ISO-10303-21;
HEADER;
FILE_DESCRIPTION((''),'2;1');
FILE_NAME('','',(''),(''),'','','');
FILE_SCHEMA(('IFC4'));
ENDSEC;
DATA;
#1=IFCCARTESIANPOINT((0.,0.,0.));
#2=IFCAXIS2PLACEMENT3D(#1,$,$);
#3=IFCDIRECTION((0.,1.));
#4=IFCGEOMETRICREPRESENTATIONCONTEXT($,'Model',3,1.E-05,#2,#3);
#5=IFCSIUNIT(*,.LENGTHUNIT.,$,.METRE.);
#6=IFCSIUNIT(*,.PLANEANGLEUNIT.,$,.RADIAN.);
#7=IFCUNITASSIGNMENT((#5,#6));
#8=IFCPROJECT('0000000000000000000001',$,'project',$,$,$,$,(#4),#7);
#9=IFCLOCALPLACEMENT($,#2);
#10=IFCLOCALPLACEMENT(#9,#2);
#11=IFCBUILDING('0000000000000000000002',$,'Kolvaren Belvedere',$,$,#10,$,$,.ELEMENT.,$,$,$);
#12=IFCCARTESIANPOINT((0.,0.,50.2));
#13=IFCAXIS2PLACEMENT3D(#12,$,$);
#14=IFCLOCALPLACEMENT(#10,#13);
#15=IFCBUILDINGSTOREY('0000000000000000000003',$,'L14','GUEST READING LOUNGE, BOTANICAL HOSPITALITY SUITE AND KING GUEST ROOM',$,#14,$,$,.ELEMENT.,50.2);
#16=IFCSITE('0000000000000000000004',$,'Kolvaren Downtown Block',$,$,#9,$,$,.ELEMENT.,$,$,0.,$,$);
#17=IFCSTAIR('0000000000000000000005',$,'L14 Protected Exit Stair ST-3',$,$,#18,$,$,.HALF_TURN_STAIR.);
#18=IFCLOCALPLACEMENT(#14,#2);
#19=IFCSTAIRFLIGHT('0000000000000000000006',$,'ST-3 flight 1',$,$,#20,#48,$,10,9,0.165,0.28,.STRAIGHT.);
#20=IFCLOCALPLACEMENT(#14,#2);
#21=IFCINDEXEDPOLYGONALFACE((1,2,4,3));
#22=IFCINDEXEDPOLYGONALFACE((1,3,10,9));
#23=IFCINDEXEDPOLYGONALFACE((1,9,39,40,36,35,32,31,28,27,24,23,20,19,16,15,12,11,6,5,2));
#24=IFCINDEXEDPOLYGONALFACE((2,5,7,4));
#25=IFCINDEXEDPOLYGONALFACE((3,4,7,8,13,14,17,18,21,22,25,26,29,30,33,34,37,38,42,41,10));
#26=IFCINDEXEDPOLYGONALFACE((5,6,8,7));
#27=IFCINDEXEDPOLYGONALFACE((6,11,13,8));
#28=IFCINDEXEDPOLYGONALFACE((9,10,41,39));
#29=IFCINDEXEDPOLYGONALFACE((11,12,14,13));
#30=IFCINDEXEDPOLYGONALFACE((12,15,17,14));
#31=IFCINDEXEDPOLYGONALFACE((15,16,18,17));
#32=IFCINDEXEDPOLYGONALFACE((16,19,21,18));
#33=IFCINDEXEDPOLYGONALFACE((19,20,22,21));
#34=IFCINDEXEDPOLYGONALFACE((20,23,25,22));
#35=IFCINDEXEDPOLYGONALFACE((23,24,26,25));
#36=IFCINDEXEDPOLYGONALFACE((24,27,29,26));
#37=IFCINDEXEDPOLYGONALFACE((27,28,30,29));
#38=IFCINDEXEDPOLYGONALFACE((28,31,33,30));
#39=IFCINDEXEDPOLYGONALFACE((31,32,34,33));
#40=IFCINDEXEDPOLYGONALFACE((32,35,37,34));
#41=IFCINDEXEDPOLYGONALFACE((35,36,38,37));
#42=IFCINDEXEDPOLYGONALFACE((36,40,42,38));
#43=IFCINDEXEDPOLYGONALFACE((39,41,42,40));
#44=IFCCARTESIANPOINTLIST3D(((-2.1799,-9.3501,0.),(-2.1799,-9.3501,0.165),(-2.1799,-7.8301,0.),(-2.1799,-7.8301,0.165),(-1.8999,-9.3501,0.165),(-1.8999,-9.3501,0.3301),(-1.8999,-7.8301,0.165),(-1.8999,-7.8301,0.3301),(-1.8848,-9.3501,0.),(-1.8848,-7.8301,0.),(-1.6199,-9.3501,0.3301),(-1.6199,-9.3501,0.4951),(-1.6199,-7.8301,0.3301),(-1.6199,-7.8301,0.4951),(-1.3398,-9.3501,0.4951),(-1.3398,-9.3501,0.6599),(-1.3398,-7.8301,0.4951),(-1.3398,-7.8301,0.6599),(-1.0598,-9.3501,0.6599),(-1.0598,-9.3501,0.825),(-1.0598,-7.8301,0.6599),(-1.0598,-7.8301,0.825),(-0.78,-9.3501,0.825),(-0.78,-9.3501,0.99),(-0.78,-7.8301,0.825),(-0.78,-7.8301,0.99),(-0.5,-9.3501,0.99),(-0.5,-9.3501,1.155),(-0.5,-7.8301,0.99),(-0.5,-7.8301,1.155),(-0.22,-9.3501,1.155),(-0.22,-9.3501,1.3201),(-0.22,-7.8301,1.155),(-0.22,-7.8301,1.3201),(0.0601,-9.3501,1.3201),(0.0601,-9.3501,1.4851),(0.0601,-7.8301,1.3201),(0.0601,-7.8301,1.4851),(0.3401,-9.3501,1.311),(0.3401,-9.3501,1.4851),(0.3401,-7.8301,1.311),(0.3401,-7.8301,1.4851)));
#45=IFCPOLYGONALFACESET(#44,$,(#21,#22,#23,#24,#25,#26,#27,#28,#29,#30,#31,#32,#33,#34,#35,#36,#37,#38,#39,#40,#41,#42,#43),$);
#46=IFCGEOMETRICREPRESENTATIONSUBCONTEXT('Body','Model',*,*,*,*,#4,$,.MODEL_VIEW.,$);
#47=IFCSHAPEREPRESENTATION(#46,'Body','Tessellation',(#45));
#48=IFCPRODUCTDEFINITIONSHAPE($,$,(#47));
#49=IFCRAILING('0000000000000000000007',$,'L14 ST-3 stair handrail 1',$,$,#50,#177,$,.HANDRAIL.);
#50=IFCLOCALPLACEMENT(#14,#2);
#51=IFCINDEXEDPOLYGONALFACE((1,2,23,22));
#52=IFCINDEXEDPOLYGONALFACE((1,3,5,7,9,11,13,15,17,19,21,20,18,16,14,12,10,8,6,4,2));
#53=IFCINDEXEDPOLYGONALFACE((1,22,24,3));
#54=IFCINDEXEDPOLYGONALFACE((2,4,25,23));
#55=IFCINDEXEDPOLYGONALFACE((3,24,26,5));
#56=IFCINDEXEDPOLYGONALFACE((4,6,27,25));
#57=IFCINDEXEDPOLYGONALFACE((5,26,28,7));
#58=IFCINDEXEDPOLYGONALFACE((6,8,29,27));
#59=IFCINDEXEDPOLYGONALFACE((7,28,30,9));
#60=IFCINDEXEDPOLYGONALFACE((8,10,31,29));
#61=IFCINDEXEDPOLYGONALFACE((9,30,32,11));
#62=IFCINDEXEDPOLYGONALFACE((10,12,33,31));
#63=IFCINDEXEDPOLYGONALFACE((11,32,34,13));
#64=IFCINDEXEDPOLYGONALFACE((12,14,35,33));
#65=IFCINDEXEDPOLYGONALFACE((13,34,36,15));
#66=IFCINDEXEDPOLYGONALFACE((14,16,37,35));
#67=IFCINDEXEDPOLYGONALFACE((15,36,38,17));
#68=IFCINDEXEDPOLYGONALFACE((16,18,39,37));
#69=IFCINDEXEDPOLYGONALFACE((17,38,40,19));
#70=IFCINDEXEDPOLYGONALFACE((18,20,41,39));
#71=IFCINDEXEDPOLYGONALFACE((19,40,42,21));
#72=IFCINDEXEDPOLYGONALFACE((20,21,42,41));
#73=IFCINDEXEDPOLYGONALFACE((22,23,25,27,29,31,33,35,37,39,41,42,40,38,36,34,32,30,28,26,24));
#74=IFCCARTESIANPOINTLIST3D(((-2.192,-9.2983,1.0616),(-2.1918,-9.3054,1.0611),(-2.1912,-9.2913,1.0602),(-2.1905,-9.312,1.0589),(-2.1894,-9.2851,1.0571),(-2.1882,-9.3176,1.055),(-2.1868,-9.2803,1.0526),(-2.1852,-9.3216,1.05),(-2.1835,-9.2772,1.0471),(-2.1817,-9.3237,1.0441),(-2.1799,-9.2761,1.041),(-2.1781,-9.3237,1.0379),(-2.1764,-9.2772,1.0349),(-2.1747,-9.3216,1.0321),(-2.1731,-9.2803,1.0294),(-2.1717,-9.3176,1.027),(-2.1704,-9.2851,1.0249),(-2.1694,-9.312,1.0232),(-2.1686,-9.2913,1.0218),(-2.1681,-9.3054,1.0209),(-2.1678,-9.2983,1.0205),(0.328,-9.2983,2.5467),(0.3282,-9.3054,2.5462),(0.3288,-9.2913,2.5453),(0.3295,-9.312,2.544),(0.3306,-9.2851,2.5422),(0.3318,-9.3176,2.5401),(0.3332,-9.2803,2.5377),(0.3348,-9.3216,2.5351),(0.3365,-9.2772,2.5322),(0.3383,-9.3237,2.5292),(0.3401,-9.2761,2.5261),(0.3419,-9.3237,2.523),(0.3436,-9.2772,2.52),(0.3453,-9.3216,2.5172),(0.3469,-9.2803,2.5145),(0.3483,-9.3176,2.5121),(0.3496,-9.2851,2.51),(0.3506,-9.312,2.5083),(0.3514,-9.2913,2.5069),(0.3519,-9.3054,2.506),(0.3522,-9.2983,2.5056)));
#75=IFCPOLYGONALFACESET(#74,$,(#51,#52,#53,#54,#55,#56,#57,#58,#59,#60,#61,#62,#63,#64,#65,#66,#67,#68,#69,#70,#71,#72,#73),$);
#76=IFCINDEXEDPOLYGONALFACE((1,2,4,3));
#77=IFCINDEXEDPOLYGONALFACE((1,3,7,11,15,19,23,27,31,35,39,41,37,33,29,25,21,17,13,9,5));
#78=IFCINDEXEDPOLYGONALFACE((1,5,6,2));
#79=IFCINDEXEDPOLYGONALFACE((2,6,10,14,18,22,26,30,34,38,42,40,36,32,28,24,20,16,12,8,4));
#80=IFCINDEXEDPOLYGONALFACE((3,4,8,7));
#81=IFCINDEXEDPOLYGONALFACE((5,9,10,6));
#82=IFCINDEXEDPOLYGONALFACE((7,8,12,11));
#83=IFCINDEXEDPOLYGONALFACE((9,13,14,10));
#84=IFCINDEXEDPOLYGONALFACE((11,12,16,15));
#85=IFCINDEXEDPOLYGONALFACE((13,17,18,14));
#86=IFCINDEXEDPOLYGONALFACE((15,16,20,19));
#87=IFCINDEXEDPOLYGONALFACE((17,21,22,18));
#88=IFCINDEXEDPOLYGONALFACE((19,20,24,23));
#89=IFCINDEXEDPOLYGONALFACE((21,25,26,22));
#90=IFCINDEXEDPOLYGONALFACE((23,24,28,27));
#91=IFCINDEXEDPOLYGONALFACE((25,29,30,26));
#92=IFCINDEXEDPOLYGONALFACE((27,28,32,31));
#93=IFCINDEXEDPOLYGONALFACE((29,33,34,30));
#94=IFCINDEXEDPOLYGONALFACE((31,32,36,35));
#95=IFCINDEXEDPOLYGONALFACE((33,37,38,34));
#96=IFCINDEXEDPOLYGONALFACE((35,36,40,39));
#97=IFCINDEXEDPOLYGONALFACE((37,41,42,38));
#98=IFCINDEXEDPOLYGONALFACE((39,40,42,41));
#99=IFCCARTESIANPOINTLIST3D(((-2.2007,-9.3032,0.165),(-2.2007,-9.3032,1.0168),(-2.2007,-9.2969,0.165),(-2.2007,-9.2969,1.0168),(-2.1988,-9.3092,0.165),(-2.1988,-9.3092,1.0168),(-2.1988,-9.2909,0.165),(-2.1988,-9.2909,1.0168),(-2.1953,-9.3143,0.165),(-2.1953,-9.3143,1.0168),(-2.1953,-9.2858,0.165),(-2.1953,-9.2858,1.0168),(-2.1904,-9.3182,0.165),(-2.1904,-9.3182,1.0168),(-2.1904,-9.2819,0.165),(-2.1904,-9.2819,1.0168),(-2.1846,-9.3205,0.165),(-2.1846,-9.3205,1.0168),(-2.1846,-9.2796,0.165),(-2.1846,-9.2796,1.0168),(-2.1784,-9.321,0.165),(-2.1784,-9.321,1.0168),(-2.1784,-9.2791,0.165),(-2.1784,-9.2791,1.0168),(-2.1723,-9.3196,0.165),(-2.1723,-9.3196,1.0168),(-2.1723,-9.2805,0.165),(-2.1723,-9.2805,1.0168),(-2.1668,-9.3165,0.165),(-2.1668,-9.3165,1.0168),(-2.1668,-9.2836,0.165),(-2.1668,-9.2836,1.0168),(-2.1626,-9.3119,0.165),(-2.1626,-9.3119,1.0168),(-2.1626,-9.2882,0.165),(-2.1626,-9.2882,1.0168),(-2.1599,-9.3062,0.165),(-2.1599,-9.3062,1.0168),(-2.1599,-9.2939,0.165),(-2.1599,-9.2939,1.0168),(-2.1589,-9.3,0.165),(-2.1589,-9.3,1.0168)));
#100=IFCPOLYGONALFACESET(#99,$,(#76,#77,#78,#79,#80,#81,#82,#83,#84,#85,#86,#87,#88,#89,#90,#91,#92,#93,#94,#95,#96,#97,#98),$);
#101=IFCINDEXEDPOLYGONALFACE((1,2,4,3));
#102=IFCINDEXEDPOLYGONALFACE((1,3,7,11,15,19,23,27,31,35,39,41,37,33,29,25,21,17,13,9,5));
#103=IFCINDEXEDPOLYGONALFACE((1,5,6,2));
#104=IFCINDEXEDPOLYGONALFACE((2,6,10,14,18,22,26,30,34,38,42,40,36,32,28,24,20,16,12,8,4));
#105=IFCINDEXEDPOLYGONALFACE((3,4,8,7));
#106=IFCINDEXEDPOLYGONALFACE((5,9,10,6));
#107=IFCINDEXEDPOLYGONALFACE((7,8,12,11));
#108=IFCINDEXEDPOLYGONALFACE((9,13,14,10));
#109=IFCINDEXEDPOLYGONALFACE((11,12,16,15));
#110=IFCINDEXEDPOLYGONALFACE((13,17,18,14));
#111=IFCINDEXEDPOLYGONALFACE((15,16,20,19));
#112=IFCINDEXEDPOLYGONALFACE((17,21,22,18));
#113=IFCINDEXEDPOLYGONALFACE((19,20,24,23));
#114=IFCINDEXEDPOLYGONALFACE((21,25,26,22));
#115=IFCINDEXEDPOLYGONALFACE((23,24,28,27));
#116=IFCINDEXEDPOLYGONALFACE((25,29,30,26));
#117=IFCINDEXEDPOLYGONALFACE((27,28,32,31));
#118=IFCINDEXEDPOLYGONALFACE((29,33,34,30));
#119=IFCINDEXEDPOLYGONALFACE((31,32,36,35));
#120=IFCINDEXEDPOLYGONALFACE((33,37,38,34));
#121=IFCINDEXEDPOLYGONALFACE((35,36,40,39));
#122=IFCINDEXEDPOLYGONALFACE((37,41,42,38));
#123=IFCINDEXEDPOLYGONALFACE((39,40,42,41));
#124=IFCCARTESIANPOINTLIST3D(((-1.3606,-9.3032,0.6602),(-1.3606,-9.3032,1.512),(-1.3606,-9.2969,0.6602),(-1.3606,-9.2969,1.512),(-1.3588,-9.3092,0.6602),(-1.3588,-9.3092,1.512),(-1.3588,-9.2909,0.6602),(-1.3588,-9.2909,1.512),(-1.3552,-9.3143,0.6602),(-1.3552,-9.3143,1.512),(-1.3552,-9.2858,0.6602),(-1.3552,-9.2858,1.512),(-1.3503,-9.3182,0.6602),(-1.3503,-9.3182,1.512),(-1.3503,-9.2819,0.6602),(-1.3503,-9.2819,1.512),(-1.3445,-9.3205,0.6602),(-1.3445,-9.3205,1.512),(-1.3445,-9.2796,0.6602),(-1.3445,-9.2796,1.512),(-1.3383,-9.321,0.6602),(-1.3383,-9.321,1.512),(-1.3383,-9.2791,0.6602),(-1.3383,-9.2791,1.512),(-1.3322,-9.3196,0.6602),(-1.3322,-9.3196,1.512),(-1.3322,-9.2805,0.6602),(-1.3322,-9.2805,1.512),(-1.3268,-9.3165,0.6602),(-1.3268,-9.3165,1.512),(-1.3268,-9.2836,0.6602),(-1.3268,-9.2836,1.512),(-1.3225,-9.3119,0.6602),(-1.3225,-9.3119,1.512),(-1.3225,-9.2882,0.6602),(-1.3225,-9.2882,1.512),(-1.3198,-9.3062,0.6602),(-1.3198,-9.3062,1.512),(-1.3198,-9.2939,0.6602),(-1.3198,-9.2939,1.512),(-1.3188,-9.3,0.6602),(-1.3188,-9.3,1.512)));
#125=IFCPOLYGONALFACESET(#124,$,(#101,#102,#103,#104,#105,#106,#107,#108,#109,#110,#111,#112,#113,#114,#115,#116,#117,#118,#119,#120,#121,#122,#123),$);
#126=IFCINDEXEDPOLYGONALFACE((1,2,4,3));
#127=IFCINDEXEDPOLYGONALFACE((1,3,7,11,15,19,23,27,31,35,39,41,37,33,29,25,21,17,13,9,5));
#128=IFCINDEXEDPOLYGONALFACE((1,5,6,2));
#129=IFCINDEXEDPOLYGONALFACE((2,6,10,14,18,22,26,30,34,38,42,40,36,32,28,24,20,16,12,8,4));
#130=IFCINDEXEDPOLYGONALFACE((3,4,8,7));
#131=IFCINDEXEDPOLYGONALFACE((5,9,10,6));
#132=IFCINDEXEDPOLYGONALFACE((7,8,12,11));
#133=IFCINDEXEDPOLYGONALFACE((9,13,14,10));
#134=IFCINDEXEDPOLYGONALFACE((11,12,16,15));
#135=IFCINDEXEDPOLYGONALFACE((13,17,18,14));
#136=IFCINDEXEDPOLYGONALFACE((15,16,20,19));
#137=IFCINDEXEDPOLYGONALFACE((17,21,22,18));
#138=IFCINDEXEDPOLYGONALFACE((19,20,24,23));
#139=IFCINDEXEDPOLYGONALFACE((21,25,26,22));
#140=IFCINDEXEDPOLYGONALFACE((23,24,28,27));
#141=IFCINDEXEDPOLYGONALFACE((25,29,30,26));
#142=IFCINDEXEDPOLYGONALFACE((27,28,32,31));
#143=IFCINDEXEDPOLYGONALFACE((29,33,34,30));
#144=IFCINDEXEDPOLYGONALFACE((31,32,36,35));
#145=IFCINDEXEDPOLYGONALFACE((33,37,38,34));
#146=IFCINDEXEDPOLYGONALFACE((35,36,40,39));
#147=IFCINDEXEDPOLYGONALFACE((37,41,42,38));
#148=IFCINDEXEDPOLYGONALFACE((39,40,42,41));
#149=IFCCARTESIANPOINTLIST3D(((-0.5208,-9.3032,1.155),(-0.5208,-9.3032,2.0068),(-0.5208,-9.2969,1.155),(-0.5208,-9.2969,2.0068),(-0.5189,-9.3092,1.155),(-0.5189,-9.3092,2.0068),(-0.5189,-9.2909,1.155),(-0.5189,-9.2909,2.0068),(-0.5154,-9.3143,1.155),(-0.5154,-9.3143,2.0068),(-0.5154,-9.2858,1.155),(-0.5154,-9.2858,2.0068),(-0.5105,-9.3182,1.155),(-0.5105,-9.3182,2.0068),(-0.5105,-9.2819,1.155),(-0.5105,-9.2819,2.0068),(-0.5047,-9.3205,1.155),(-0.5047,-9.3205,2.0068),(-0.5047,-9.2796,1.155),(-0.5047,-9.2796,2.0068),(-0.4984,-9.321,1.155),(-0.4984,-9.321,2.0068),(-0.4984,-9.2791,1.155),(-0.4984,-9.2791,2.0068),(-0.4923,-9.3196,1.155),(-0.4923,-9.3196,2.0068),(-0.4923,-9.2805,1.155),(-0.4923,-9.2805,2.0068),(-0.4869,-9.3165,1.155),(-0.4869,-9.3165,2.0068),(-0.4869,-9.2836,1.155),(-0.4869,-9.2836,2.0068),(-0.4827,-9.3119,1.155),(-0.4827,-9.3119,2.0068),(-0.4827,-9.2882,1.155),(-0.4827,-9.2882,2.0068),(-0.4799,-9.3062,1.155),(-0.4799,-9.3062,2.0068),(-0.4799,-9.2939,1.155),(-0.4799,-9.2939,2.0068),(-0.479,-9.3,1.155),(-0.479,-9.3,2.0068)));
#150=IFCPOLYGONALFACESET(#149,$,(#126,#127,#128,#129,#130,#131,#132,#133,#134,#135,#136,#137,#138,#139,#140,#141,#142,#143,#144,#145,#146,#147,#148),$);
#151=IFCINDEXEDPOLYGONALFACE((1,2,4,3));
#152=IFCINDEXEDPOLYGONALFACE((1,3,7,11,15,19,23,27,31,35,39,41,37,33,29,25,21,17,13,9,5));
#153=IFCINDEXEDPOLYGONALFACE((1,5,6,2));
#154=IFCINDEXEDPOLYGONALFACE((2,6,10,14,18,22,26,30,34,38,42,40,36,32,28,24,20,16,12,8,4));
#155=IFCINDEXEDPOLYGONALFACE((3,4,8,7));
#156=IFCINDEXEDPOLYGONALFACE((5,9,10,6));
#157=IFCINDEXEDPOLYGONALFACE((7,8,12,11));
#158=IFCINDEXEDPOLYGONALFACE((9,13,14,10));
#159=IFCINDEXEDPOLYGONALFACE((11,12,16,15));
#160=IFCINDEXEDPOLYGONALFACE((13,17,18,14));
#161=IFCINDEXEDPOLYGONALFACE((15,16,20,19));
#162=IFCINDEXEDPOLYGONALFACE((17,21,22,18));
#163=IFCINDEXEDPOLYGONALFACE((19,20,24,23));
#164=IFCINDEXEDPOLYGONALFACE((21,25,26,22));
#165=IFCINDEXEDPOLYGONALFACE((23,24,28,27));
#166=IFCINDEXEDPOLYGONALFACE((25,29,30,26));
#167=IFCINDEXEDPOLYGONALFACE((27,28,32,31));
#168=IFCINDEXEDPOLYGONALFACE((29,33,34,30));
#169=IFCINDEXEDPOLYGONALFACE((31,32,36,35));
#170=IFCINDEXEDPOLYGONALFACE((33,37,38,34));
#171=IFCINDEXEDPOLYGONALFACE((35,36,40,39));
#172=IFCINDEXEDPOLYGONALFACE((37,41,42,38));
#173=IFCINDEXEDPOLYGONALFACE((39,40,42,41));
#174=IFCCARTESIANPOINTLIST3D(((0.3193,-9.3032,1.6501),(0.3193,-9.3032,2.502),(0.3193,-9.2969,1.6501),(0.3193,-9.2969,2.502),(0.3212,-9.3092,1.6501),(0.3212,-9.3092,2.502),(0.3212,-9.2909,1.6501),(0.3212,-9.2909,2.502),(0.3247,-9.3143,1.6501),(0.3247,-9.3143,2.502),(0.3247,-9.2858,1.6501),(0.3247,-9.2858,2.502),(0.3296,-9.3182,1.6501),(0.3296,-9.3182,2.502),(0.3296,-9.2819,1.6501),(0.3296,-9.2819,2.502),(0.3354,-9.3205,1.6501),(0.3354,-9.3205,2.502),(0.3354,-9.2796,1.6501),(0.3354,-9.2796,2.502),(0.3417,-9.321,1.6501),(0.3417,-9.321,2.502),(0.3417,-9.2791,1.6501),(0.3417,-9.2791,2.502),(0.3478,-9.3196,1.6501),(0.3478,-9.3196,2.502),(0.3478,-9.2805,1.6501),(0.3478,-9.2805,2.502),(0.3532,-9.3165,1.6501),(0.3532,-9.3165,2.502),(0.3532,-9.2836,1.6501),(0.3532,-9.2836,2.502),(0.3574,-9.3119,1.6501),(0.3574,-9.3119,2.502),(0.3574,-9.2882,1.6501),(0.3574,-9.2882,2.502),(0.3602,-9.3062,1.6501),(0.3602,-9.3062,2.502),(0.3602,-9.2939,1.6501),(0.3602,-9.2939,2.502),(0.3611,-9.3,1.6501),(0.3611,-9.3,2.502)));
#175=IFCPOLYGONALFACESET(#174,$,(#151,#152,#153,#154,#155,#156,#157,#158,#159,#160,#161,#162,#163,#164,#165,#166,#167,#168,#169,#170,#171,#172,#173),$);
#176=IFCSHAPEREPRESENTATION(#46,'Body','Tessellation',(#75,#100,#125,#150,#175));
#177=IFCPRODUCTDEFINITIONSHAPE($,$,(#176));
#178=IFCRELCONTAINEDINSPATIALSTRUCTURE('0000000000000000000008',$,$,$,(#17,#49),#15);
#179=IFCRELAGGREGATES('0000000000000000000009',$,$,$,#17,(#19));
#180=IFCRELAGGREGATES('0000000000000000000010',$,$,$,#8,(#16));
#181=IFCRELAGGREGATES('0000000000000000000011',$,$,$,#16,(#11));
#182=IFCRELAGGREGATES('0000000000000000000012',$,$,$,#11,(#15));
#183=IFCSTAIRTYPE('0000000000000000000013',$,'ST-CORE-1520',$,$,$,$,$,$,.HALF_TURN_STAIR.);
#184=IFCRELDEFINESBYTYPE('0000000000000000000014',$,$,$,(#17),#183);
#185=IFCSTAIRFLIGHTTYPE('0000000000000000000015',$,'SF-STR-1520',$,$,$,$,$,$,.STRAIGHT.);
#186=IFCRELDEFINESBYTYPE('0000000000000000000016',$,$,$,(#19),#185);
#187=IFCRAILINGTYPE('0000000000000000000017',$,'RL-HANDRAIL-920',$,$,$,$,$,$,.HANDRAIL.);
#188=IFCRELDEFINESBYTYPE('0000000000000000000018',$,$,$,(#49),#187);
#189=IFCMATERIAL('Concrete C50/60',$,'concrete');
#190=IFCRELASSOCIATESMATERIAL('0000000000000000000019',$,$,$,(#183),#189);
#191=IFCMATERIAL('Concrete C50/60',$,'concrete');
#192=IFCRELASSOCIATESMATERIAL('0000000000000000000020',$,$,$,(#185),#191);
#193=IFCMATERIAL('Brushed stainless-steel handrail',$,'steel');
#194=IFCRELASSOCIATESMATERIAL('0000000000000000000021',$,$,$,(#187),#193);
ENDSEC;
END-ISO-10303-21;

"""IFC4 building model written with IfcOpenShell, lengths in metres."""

from ifc_helpers import new_model, si_unit, direction, frame, origin, origin_2d, place, context, subcontext, project, spatial, polyline, circle, outline, extrude, material, type_object, element, aggregate, save


model = new_model("IFC4")

# Units and contexts
model_context = context("Model", 3, precision=1e-05, world=origin(), true_north=direction((0.0, 1.0)))
body_context = subcontext(model_context, "Body", "Model", "MODEL_VIEW")
ifc_project = project(units=[si_unit("LENGTHUNIT", "METRE"), si_unit("PLANEANGLEUNIT", "RADIAN")], contexts=[model_context])

# Site, building, storey
site_placement = place(None, origin())
site = spatial("IfcSite", under=ifc_project, at=site_placement, Name="Kolvaren Downtown Block", CompositionType="ELEMENT", RefElevation=0.0)
building_placement = place(site_placement, origin())
building = spatial("IfcBuilding", under=site, at=building_placement, Name="Kolvaren Belvedere", CompositionType="ELEMENT")
storey_placement = place(building_placement, frame((0.0, 0.0, 50.2)))
storey = spatial("IfcBuildingStorey", under=building, at=storey_placement, Name="L14", Description="GUEST READING LOUNGE, BOTANICAL HOSPITALITY SUITE AND KING GUEST ROOM", CompositionType="ELEMENT", Elevation=50.2)

# Stair, stair flight
ifc_material_1 = material(Name="Concrete C50/60", Category="concrete")
stair_type = type_object("IfcStairType", Name="ST-CORE-1520", PredefinedType="HALF_TURN_STAIR", material=ifc_material_1)
stair_placement = place(storey_placement, origin())
stair = element("IfcStair", 1, at=stair_placement, inside=storey, type_object=stair_type, Name="L14 Protected Exit Stair ST-3", PredefinedType="HALF_TURN_STAIR")
ifc_material_2 = material(Name="Concrete C50/60", Category="concrete")
stair_flight_type = type_object("IfcStairFlightType", Name="SF-STR-1520", PredefinedType="STRAIGHT", material=ifc_material_2)
stair_flight_placement = place(storey_placement, frame((-2.1799, -8.5901, 0.0), z_axis=(0.0, 0.0, 1.0), x_axis=(1.0, 0.0, 0.0)))
stair_flight = element("IfcStairFlight", 2, at=stair_flight_placement, type_object=stair_flight_type, Name="ST-3 flight 1", NumberOfRisers=10, NumberOfTreads=9, PredefinedType="STRAIGHT", RiserHeight=0.165, TreadLength=0.28, context=body_context, shape_type="SweptSolid", body=[
    extrude(outline(polyline([(0.0, 0.0), (0.0, 0.165), (0.28, 0.165), (0.28, 0.3301), (0.5601, 0.3301), (0.5601, 0.4951), (0.8401, 0.4951), (0.8401, 0.6599), (1.1201, 0.6599), (1.1201, 0.825), (1.3999, 0.825), (1.3999, 0.99), (1.6799, 0.99), (1.6799, 1.155), (1.96, 1.155), (1.96, 1.3201), (2.24, 1.3201), (2.24, 1.4851), (2.52, 1.4851), (2.52, 1.6499), (2.52, 1.311), (0.2952, 0.0), (0.0, 0.0)])), frame((0.0, 0.76, 0.0), z_axis=(0.0, -1.0, 0.0), x_axis=(1.0, 0.0, 0.0)), (0.0, 0.0, 1.0), 1.52),
])
aggregate(stair, [stair_flight])

# Railing
ifc_material_3 = material(Name="Brushed stainless-steel handrail", Category="steel")
railing_type_1 = type_object("IfcRailingType", Name="RL-HANDRAIL-920", PredefinedType="HANDRAIL", material=ifc_material_3)
railing_1_placement = place(storey_placement, frame((-2.1799, -9.3, 0.165)))
element("IfcRailing", 3, at=railing_1_placement, inside=storey, type_object=railing_type_1, Name="L14 ST-3 stair handrail 1", PredefinedType="HANDRAIL", context=body_context, shape_type="SweptSolid", body=[
    extrude(circle(Radius=0.0239, at=origin_2d()), frame((0.0, 0.0, 0.876), z_axis=(0.861524, 0.0, 0.507717), x_axis=(0.0, 1.0, 0.0)), (0.0, 0.0, 1.0), 2.925),
    extrude(circle(Radius=0.021, at=origin_2d()), origin(), (0.0, 0.0, 1.0), 0.8518),
    extrude(circle(Radius=0.021, at=origin_2d()), frame((0.8401, 0.0, 0.4951)), (0.0, 0.0, 1.0), 0.8518),
    extrude(circle(Radius=0.021, at=origin_2d()), frame((1.6799, 0.0, 0.99)), (0.0, 0.0, 1.0), 0.8518),
    extrude(circle(Radius=0.021, at=origin_2d()), frame((2.52, 0.0, 1.4851)), (0.0, 0.0, 1.0), 0.8518),
])

save(model, "model.ifc")
